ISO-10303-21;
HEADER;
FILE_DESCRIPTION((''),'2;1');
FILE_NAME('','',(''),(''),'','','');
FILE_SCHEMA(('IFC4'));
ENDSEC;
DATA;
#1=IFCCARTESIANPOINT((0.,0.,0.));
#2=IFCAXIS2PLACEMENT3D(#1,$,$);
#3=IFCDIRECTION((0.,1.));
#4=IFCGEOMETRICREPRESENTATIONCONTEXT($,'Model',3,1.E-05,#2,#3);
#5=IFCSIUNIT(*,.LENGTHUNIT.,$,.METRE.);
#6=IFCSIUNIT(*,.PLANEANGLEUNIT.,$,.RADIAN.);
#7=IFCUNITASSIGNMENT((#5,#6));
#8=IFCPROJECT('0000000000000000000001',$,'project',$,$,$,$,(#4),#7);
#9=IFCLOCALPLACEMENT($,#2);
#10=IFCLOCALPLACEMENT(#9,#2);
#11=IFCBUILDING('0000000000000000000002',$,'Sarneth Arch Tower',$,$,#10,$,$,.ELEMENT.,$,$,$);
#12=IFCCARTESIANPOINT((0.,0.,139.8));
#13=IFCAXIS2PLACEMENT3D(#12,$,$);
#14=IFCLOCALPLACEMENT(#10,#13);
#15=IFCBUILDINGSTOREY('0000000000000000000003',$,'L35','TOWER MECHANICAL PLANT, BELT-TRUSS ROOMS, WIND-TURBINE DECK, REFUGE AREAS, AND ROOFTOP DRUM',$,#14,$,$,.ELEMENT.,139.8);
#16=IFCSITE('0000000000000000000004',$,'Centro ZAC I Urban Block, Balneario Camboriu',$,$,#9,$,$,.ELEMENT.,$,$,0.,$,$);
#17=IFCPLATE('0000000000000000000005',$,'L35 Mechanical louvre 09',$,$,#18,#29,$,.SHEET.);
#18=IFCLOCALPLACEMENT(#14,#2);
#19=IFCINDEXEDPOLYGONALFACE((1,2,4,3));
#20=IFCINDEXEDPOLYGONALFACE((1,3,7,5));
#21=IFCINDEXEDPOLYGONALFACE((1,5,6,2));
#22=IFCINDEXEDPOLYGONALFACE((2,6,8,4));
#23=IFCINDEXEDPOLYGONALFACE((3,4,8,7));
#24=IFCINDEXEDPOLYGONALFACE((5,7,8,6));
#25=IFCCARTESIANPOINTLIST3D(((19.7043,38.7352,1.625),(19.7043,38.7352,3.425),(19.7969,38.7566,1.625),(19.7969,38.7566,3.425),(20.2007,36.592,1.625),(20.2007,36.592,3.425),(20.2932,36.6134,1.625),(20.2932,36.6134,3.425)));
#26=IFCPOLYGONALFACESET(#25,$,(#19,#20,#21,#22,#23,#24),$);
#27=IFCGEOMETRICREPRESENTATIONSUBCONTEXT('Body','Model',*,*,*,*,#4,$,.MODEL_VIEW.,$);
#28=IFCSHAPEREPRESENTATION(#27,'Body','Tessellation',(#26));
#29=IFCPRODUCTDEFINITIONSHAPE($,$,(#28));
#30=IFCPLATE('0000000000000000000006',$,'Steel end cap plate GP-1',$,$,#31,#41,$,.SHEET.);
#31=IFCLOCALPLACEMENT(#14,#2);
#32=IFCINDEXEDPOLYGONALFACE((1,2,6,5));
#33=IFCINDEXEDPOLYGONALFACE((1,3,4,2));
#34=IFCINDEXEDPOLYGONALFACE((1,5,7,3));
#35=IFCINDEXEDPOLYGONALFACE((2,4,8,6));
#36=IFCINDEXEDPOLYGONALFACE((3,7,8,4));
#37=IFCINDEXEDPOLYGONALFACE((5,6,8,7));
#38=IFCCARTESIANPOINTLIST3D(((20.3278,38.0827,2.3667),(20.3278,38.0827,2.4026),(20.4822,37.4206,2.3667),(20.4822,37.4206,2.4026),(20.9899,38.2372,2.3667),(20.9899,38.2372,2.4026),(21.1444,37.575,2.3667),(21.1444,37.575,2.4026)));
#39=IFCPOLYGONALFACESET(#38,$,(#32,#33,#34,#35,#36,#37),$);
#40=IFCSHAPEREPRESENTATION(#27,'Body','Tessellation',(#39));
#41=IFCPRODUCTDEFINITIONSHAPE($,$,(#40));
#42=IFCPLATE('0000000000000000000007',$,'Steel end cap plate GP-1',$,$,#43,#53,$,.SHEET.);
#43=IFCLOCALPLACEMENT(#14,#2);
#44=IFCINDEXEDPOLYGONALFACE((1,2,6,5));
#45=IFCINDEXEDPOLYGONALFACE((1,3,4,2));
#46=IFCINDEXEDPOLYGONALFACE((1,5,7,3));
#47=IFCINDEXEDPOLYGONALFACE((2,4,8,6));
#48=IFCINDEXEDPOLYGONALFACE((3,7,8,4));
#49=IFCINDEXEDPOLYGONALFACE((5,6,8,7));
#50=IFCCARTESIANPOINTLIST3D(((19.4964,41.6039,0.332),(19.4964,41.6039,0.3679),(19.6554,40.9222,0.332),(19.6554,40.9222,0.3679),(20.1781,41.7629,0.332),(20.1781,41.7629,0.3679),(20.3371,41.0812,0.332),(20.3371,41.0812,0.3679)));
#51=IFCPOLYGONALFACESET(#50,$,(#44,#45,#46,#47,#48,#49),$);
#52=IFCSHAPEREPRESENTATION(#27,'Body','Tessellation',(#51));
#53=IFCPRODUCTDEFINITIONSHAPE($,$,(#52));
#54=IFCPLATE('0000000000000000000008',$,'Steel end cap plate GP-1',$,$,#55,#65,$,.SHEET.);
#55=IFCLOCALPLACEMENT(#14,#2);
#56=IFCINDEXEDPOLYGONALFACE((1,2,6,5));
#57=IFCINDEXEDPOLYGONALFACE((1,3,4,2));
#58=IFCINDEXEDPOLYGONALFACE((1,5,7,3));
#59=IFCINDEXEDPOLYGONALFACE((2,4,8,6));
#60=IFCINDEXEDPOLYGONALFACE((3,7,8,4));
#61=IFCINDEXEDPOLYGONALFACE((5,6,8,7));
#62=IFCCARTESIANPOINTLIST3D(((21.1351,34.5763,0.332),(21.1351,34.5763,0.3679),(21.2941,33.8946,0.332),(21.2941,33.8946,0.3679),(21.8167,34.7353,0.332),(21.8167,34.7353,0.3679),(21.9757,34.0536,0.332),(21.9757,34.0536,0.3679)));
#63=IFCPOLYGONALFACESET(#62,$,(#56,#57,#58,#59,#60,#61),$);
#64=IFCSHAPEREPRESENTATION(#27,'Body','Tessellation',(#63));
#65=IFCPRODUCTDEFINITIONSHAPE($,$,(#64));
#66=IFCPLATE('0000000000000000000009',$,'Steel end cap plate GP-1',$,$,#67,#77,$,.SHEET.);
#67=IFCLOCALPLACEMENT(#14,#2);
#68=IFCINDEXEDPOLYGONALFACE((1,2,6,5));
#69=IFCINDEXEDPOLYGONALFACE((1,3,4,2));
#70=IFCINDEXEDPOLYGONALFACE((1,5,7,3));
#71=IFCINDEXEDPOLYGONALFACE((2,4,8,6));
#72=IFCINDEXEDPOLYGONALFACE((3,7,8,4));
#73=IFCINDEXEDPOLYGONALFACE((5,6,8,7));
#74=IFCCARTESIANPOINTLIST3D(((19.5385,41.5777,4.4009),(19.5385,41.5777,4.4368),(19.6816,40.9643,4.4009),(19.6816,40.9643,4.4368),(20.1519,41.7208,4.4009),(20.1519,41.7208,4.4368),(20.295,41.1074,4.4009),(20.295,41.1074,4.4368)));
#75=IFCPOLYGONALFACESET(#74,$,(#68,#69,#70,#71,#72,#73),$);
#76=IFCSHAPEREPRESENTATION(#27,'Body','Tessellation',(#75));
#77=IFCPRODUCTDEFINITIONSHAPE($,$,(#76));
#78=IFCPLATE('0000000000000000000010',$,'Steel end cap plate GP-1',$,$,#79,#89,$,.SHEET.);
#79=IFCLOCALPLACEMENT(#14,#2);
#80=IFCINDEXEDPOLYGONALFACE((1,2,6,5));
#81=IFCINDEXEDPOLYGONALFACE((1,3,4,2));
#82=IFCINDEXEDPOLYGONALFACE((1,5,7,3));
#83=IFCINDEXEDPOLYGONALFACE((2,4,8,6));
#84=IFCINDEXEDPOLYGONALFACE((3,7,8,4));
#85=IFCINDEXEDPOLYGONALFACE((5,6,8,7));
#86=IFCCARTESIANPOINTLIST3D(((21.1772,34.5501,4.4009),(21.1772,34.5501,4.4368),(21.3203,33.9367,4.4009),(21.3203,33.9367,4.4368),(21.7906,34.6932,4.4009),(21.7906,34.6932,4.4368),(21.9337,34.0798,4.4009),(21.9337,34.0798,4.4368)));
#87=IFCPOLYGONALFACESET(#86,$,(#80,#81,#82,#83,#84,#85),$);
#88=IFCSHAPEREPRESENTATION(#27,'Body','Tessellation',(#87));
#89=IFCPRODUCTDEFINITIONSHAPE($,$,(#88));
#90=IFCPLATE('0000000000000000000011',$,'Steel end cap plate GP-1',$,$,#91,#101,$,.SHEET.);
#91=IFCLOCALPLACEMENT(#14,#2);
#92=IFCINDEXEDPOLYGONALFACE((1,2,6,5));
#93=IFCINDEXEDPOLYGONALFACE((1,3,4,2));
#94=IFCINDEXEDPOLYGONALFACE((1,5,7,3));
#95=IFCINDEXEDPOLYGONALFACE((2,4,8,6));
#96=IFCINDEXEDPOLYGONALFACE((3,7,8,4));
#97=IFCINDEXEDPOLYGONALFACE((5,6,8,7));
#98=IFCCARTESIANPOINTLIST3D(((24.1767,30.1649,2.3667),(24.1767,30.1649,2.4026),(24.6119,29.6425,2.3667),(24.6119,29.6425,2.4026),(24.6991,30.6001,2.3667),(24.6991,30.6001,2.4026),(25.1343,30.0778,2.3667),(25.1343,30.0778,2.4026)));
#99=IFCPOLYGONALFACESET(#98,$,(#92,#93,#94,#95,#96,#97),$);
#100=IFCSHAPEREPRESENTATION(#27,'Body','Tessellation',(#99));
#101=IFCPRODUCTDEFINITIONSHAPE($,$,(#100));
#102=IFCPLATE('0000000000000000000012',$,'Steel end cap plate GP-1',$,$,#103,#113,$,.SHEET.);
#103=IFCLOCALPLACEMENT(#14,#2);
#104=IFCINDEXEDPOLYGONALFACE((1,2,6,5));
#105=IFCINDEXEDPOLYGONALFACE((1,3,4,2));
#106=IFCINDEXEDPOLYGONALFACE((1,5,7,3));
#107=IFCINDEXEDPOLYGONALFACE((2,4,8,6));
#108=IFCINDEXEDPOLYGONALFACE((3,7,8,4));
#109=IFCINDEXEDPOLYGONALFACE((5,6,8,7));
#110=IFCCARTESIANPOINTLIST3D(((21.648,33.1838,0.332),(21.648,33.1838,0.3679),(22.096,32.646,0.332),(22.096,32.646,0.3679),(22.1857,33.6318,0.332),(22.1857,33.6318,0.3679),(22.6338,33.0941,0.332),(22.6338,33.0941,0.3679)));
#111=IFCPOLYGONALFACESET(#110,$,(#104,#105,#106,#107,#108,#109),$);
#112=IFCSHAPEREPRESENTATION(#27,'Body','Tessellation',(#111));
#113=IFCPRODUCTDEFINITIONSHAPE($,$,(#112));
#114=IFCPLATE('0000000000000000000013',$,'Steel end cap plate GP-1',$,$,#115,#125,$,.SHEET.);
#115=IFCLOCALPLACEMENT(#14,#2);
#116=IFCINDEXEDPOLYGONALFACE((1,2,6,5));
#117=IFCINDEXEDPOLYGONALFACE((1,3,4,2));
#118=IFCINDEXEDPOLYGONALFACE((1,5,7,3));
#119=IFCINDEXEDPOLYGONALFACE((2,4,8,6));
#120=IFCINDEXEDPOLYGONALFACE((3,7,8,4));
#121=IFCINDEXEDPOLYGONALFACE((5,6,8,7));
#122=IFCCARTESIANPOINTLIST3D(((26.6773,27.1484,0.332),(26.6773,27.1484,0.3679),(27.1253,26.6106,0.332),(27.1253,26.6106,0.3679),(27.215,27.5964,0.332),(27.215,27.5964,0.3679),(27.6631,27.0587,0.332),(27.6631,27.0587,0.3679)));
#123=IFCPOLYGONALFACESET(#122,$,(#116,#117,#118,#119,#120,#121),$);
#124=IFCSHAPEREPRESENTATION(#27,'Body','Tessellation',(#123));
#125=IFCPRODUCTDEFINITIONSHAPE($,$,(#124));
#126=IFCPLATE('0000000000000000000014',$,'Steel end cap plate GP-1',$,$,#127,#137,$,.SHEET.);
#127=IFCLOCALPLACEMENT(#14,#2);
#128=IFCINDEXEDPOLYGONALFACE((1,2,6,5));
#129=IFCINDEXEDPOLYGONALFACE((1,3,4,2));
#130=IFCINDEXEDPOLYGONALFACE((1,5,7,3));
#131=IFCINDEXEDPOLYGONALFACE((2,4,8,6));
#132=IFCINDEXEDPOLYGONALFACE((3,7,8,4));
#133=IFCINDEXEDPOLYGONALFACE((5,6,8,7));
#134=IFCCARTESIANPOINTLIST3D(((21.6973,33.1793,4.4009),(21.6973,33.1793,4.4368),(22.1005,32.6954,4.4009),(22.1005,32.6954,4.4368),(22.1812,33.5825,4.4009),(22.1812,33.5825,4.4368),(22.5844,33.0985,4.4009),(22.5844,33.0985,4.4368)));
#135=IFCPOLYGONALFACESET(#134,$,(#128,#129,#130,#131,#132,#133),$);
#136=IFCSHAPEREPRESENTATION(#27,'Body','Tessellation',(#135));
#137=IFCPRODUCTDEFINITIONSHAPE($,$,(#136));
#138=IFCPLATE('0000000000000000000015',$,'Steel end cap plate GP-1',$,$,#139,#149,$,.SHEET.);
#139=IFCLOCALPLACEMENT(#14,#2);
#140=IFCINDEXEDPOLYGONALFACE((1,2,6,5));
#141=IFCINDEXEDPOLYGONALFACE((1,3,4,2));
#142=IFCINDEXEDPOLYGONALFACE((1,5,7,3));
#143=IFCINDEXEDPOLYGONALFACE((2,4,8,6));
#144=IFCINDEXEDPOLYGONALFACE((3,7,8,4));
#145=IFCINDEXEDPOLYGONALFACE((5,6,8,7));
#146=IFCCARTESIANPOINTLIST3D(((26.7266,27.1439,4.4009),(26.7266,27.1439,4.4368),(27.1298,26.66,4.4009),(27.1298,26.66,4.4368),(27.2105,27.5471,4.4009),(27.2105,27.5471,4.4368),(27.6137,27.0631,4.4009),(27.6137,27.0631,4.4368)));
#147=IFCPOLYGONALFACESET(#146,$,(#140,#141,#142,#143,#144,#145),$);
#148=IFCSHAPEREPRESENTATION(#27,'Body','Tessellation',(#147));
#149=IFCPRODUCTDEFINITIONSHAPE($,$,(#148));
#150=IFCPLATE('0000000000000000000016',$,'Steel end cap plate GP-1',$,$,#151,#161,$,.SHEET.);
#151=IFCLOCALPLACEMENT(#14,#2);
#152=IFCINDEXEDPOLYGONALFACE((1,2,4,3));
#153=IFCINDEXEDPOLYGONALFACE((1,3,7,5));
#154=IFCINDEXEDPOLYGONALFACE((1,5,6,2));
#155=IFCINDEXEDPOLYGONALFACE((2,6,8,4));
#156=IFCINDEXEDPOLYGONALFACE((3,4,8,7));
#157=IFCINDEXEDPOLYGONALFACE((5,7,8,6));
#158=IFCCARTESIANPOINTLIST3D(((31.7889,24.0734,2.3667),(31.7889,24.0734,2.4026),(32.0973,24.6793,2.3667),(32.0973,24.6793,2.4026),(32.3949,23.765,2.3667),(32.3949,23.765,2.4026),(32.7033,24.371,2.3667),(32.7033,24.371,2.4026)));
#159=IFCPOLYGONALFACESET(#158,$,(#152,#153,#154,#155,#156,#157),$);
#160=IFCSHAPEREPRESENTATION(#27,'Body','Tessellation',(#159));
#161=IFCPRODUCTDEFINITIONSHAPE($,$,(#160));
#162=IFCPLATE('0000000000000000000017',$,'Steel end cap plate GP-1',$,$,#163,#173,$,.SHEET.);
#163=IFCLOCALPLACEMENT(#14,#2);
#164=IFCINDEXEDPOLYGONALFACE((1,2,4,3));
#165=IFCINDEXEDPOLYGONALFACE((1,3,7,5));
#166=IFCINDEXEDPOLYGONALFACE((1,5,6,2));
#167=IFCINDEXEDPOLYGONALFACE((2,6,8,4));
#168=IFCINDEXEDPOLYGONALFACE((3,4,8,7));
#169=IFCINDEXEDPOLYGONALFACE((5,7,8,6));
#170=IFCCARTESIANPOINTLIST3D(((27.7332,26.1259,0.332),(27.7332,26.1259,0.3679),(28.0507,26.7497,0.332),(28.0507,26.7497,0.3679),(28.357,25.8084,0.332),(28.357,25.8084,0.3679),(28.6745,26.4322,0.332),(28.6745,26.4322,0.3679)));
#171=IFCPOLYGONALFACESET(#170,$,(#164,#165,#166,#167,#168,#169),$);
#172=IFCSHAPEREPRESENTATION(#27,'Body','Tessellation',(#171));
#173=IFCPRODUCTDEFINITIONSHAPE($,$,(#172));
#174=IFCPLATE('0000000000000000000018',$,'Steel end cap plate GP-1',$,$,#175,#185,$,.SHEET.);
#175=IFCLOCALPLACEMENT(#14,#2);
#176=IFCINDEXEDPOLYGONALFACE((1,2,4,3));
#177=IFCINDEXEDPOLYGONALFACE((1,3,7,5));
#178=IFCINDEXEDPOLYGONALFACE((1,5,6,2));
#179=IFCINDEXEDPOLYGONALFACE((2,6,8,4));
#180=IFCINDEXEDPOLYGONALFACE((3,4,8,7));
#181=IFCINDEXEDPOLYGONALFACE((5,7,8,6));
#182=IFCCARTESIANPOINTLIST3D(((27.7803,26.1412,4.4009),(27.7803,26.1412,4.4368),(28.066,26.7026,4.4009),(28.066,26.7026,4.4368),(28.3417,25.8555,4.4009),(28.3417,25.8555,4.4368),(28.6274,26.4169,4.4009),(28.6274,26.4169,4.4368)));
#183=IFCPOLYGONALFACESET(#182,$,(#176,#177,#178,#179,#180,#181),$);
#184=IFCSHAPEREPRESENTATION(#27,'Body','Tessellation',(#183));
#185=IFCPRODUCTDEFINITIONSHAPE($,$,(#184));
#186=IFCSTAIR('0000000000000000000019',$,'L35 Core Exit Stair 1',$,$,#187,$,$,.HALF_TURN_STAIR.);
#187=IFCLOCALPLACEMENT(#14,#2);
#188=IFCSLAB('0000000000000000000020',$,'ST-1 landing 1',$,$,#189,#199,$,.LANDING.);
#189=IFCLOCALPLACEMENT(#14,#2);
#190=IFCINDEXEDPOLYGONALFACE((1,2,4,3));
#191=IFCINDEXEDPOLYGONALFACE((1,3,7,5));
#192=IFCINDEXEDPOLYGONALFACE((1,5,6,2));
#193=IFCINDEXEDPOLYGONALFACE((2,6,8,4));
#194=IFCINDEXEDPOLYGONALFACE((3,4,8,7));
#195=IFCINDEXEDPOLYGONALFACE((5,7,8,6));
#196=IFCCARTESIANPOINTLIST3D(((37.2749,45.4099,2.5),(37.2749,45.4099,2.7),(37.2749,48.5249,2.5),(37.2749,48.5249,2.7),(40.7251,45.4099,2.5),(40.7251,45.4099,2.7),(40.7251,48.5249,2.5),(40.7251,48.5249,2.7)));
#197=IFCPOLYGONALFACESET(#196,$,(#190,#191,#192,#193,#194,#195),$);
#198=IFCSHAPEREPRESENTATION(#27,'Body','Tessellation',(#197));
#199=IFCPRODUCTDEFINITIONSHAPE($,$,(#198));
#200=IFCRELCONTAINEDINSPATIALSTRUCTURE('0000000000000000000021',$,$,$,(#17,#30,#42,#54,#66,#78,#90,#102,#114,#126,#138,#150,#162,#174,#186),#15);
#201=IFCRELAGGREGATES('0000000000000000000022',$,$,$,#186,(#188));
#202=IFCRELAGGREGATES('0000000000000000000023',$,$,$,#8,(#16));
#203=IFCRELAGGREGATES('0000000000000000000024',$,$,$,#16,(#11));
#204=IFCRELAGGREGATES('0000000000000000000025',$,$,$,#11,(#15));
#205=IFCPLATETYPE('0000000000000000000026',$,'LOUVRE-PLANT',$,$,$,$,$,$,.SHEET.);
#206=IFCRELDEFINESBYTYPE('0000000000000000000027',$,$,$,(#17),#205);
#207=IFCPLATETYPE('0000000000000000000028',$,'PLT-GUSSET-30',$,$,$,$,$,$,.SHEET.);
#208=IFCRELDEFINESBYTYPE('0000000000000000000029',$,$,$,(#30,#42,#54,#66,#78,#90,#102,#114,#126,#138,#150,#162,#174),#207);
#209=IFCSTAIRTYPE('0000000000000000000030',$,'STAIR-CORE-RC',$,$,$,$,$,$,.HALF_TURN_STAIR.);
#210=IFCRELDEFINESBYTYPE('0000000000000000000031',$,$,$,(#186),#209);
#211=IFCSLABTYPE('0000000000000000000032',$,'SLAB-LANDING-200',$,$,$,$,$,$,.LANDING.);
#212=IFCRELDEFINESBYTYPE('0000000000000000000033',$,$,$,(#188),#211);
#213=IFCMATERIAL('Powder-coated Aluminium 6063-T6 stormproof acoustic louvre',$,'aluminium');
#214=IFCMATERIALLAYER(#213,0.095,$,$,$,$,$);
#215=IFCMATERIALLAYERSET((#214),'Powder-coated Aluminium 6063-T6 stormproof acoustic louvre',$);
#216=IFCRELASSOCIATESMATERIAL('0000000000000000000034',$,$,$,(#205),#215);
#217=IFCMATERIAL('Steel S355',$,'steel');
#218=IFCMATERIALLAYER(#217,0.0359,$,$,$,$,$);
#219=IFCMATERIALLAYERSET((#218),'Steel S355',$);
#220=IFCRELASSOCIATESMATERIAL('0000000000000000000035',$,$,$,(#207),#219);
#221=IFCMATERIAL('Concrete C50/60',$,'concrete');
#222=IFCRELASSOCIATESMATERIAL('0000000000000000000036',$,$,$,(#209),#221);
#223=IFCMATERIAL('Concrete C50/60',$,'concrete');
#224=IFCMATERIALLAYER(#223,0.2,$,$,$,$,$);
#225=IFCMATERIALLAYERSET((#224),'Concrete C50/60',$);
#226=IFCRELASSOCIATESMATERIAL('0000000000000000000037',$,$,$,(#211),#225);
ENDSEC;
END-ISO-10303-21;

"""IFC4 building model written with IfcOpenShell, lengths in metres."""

from ifc_helpers import new_model, si_unit, direction, frame, origin, origin_2d, place, context, subcontext, project, spatial, polyline, rectangle, outline, extrude, material, layer, layer_set, type_object, element, aggregate, save


model = new_model("IFC4")

# Units and contexts
model_context = context("Model", 3, precision=1e-05, world=origin(), true_north=direction((0.0, 1.0)))
body_context = subcontext(model_context, "Body", "Model", "MODEL_VIEW")
ifc_project = project(units=[si_unit("LENGTHUNIT", "METRE"), si_unit("PLANEANGLEUNIT", "RADIAN")], contexts=[model_context])

# Site, building, storey
site_placement = place(None, origin())
site = spatial("IfcSite", under=ifc_project, at=site_placement, Name="Centro ZAC I Urban Block, Balneario Camboriu", CompositionType="ELEMENT", RefElevation=0.0)
building_placement = place(site_placement, origin())
building = spatial("IfcBuilding", under=site, at=building_placement, Name="Sarneth Arch Tower", CompositionType="ELEMENT")
storey_placement = place(building_placement, frame((0.0, 0.0, 139.8)))
storey = spatial("IfcBuildingStorey", under=building, at=storey_placement, Name="L35", Description="TOWER MECHANICAL PLANT, BELT-TRUSS ROOMS, WIND-TURBINE DECK, REFUGE AREAS, AND ROOFTOP DRUM", CompositionType="ELEMENT", Elevation=139.8)

# Plates
ifc_material_1 = material(Name="Powder-coated Aluminium 6063-T6 stormproof acoustic louvre", Category="aluminium")
ifc_layer_1 = layer(ifc_material_1, 0.095)
ifc_layer_set_1 = layer_set([ifc_layer_1], Name="Powder-coated Aluminium 6063-T6 stormproof acoustic louvre")
plate_type_1 = type_object("IfcPlateType", Name="LOUVRE-PLANT", PredefinedType="SHEET", material=ifc_layer_set_1)
plate_1_placement = place(storey_placement, frame((19.9988, 37.6743, 1.625), z_axis=(0.0, 0.0, 1.0), x_axis=(0.225631, -0.974213, 0.0)))
element("IfcPlate", 1, at=plate_1_placement, inside=storey, type_object=plate_type_1, Name="L35 Mechanical louvre 09", PredefinedType="SHEET", context=body_context, shape_type="SweptSolid", body=[
    extrude(rectangle(XDim=2.2, YDim=0.095, at=origin_2d()), origin(), (0.0, 0.0, 1.0), 1.8),
])
ifc_material_2 = material(Name="Steel S355", Category="steel")
ifc_layer_2 = layer(ifc_material_2, 0.0359)
ifc_layer_set_2 = layer_set([ifc_layer_2], Name="Steel S355")
plate_type_2 = type_object("IfcPlateType", Name="PLT-GUSSET-30", PredefinedType="SHEET", material=ifc_layer_set_2)
plate_2_placement = place(storey_placement, frame((20.7361, 37.8289, 2.3667), z_axis=(0.0, 0.0, 1.0), x_axis=(0.227161, -0.973857, 0.0)))
element("IfcPlate", 2, at=plate_2_placement, inside=storey, type_object=plate_type_2, Name="Steel end cap plate GP-1", PredefinedType="SHEET", context=body_context, shape_type="SweptSolid", body=[
    extrude(rectangle(XDim=0.6799, YDim=0.6799, at=origin_2d()), origin(), (0.0, 0.0, 1.0), 0.0359),
])
for number, where, z_axis, x_axis, name in (
    (3, (19.9167, 41.3425, 0.332), (0.0, 0.0, 1.0), (-0.227161, 0.973857, 0.0), "Steel end cap plate GP-1"),
    (4, (21.5554, 34.3149, 0.332), (0.0, 0.0, 1.0), (0.227161, -0.973857, 0.0), "Steel end cap plate GP-1"),
):
    element("IfcPlate", number, at=place(storey_placement, frame(where, z_axis=z_axis, x_axis=x_axis)), inside=storey, type_object=plate_type_2, Name=name, PredefinedType="SHEET", context=body_context, shape_type="SweptSolid", body=[
        extrude(rectangle(XDim=0.7, YDim=0.7, at=origin_2d()), origin(), (0.0, 0.0, 1.0), 0.0359),
    ])
for number, where, z_axis, x_axis, name in (
    (5, (19.9167, 41.3425, 4.4009), (0.0, 0.0, 1.0), (-0.227161, 0.973857, 0.0), "Steel end cap plate GP-1"),
    (6, (21.5554, 34.3149, 4.4009), (0.0, 0.0, 1.0), (0.227161, -0.973857, 0.0), "Steel end cap plate GP-1"),
):
    element("IfcPlate", number, at=place(storey_placement, frame(where, z_axis=z_axis, x_axis=x_axis)), inside=storey, type_object=plate_type_2, Name=name, PredefinedType="SHEET", context=body_context, shape_type="SweptSolid", body=[
        extrude(rectangle(XDim=0.6299, YDim=0.6299, at=origin_2d()), origin(), (0.0, 0.0, 1.0), 0.0359),
    ])
plate_3_placement = place(storey_placement, frame((24.6555, 30.1213, 2.3667), z_axis=(0.0, 0.0, 1.0), x_axis=(0.64011, -0.768284, 0.0)))
element("IfcPlate", 7, at=plate_3_placement, inside=storey, type_object=plate_type_2, Name="Steel end cap plate GP-1", PredefinedType="SHEET", context=body_context, shape_type="SweptSolid", body=[
    extrude(rectangle(XDim=0.6799, YDim=0.6799, at=origin_2d()), origin(), (0.0, 0.0, 1.0), 0.0359),
])
for number, where, z_axis, x_axis, name in (
    (8, (22.1409, 33.1389, 0.332), (0.0, 0.0, 1.0), (-0.64011, 0.768284, 0.0), "Steel end cap plate GP-1"),
    (9, (27.1702, 27.1035, 0.332), (0.0, 0.0, 1.0), (0.64011, -0.768284, 0.0), "Steel end cap plate GP-1"),
):
    element("IfcPlate", number, at=place(storey_placement, frame(where, z_axis=z_axis, x_axis=x_axis)), inside=storey, type_object=plate_type_2, Name=name, PredefinedType="SHEET", context=body_context, shape_type="SweptSolid", body=[
        extrude(rectangle(XDim=0.7, YDim=0.7, at=origin_2d()), origin(), (0.0, 0.0, 1.0), 0.0359),
    ])
for number, where, z_axis, x_axis, name in (
    (10, (22.1409, 33.1389, 4.4009), (0.0, 0.0, 1.0), (-0.64011, 0.768284, 0.0), "Steel end cap plate GP-1"),
    (11, (27.1702, 27.1035, 4.4009), (0.0, 0.0, 1.0), (0.64011, -0.768284, 0.0), "Steel end cap plate GP-1"),
):
    element("IfcPlate", number, at=place(storey_placement, frame(where, z_axis=z_axis, x_axis=x_axis)), inside=storey, type_object=plate_type_2, Name=name, PredefinedType="SHEET", context=body_context, shape_type="SweptSolid", body=[
        extrude(rectangle(XDim=0.6299, YDim=0.6299, at=origin_2d()), origin(), (0.0, 0.0, 1.0), 0.0359),
    ])
plate_4_placement = place(storey_placement, frame((32.2461, 24.2222, 2.3667), z_axis=(0.0, 0.0, 1.0), x_axis=(0.891244, -0.453524, 0.0)))
element("IfcPlate", 12, at=plate_4_placement, inside=storey, type_object=plate_type_2, Name="Steel end cap plate GP-1", PredefinedType="SHEET", context=body_context, shape_type="SweptSolid", body=[
    extrude(rectangle(XDim=0.6799, YDim=0.6799, at=origin_2d()), origin(), (0.0, 0.0, 1.0), 0.0359),
])
plate_5_placement = place(storey_placement, frame((28.2039, 26.2791, 0.332), z_axis=(0.0, 0.0, 1.0), x_axis=(-0.891244, 0.453524, 0.0)))
element("IfcPlate", 13, at=plate_5_placement, inside=storey, type_object=plate_type_2, Name="Steel end cap plate GP-1", PredefinedType="SHEET", context=body_context, shape_type="SweptSolid", body=[
    extrude(rectangle(XDim=0.7, YDim=0.7, at=origin_2d()), origin(), (0.0, 0.0, 1.0), 0.0359),
])
plate_6_placement = place(storey_placement, frame((28.2039, 26.2791, 4.4009), z_axis=(0.0, 0.0, 1.0), x_axis=(-0.891244, 0.453524, 0.0)))
element("IfcPlate", 14, at=plate_6_placement, inside=storey, type_object=plate_type_2, Name="Steel end cap plate GP-1", PredefinedType="SHEET", context=body_context, shape_type="SweptSolid", body=[
    extrude(rectangle(XDim=0.6299, YDim=0.6299, at=origin_2d()), origin(), (0.0, 0.0, 1.0), 0.0359),
])

# Stair, slab
ifc_material_3 = material(Name="Concrete C50/60", Category="concrete")
stair_type = type_object("IfcStairType", Name="STAIR-CORE-RC", PredefinedType="HALF_TURN_STAIR", material=ifc_material_3)
stair_1_placement = place(storey_placement, origin())
stair_1 = element("IfcStair", 15, at=stair_1_placement, inside=storey, type_object=stair_type, Name="L35 Core Exit Stair 1", PredefinedType="HALF_TURN_STAIR")
ifc_material_4 = material(Name="Concrete C50/60", Category="concrete")
ifc_layer_3 = layer(ifc_material_4, 0.2)
ifc_layer_set_3 = layer_set([ifc_layer_3], Name="Concrete C50/60")
slab_type_1 = type_object("IfcSlabType", Name="SLAB-LANDING-200", PredefinedType="LANDING", material=ifc_layer_set_3)
slab_1_placement = place(storey_placement, frame((0.0, 0.0, 2.5)))
slab_1 = element("IfcSlab", 16, at=slab_1_placement, type_object=slab_type_1, Name="ST-1 landing 1", PredefinedType="LANDING", context=body_context, shape_type="SweptSolid", body=[
    extrude(outline(polyline([(37.2749, 45.4099), (40.7251, 45.4099), (40.7251, 48.5249), (37.2749, 48.5249), (37.2749, 45.4099)])), origin(), (0.0, 0.0, 1.0), 0.2),
])
aggregate(stair_1, [slab_1])

save(model, "model.ifc")
